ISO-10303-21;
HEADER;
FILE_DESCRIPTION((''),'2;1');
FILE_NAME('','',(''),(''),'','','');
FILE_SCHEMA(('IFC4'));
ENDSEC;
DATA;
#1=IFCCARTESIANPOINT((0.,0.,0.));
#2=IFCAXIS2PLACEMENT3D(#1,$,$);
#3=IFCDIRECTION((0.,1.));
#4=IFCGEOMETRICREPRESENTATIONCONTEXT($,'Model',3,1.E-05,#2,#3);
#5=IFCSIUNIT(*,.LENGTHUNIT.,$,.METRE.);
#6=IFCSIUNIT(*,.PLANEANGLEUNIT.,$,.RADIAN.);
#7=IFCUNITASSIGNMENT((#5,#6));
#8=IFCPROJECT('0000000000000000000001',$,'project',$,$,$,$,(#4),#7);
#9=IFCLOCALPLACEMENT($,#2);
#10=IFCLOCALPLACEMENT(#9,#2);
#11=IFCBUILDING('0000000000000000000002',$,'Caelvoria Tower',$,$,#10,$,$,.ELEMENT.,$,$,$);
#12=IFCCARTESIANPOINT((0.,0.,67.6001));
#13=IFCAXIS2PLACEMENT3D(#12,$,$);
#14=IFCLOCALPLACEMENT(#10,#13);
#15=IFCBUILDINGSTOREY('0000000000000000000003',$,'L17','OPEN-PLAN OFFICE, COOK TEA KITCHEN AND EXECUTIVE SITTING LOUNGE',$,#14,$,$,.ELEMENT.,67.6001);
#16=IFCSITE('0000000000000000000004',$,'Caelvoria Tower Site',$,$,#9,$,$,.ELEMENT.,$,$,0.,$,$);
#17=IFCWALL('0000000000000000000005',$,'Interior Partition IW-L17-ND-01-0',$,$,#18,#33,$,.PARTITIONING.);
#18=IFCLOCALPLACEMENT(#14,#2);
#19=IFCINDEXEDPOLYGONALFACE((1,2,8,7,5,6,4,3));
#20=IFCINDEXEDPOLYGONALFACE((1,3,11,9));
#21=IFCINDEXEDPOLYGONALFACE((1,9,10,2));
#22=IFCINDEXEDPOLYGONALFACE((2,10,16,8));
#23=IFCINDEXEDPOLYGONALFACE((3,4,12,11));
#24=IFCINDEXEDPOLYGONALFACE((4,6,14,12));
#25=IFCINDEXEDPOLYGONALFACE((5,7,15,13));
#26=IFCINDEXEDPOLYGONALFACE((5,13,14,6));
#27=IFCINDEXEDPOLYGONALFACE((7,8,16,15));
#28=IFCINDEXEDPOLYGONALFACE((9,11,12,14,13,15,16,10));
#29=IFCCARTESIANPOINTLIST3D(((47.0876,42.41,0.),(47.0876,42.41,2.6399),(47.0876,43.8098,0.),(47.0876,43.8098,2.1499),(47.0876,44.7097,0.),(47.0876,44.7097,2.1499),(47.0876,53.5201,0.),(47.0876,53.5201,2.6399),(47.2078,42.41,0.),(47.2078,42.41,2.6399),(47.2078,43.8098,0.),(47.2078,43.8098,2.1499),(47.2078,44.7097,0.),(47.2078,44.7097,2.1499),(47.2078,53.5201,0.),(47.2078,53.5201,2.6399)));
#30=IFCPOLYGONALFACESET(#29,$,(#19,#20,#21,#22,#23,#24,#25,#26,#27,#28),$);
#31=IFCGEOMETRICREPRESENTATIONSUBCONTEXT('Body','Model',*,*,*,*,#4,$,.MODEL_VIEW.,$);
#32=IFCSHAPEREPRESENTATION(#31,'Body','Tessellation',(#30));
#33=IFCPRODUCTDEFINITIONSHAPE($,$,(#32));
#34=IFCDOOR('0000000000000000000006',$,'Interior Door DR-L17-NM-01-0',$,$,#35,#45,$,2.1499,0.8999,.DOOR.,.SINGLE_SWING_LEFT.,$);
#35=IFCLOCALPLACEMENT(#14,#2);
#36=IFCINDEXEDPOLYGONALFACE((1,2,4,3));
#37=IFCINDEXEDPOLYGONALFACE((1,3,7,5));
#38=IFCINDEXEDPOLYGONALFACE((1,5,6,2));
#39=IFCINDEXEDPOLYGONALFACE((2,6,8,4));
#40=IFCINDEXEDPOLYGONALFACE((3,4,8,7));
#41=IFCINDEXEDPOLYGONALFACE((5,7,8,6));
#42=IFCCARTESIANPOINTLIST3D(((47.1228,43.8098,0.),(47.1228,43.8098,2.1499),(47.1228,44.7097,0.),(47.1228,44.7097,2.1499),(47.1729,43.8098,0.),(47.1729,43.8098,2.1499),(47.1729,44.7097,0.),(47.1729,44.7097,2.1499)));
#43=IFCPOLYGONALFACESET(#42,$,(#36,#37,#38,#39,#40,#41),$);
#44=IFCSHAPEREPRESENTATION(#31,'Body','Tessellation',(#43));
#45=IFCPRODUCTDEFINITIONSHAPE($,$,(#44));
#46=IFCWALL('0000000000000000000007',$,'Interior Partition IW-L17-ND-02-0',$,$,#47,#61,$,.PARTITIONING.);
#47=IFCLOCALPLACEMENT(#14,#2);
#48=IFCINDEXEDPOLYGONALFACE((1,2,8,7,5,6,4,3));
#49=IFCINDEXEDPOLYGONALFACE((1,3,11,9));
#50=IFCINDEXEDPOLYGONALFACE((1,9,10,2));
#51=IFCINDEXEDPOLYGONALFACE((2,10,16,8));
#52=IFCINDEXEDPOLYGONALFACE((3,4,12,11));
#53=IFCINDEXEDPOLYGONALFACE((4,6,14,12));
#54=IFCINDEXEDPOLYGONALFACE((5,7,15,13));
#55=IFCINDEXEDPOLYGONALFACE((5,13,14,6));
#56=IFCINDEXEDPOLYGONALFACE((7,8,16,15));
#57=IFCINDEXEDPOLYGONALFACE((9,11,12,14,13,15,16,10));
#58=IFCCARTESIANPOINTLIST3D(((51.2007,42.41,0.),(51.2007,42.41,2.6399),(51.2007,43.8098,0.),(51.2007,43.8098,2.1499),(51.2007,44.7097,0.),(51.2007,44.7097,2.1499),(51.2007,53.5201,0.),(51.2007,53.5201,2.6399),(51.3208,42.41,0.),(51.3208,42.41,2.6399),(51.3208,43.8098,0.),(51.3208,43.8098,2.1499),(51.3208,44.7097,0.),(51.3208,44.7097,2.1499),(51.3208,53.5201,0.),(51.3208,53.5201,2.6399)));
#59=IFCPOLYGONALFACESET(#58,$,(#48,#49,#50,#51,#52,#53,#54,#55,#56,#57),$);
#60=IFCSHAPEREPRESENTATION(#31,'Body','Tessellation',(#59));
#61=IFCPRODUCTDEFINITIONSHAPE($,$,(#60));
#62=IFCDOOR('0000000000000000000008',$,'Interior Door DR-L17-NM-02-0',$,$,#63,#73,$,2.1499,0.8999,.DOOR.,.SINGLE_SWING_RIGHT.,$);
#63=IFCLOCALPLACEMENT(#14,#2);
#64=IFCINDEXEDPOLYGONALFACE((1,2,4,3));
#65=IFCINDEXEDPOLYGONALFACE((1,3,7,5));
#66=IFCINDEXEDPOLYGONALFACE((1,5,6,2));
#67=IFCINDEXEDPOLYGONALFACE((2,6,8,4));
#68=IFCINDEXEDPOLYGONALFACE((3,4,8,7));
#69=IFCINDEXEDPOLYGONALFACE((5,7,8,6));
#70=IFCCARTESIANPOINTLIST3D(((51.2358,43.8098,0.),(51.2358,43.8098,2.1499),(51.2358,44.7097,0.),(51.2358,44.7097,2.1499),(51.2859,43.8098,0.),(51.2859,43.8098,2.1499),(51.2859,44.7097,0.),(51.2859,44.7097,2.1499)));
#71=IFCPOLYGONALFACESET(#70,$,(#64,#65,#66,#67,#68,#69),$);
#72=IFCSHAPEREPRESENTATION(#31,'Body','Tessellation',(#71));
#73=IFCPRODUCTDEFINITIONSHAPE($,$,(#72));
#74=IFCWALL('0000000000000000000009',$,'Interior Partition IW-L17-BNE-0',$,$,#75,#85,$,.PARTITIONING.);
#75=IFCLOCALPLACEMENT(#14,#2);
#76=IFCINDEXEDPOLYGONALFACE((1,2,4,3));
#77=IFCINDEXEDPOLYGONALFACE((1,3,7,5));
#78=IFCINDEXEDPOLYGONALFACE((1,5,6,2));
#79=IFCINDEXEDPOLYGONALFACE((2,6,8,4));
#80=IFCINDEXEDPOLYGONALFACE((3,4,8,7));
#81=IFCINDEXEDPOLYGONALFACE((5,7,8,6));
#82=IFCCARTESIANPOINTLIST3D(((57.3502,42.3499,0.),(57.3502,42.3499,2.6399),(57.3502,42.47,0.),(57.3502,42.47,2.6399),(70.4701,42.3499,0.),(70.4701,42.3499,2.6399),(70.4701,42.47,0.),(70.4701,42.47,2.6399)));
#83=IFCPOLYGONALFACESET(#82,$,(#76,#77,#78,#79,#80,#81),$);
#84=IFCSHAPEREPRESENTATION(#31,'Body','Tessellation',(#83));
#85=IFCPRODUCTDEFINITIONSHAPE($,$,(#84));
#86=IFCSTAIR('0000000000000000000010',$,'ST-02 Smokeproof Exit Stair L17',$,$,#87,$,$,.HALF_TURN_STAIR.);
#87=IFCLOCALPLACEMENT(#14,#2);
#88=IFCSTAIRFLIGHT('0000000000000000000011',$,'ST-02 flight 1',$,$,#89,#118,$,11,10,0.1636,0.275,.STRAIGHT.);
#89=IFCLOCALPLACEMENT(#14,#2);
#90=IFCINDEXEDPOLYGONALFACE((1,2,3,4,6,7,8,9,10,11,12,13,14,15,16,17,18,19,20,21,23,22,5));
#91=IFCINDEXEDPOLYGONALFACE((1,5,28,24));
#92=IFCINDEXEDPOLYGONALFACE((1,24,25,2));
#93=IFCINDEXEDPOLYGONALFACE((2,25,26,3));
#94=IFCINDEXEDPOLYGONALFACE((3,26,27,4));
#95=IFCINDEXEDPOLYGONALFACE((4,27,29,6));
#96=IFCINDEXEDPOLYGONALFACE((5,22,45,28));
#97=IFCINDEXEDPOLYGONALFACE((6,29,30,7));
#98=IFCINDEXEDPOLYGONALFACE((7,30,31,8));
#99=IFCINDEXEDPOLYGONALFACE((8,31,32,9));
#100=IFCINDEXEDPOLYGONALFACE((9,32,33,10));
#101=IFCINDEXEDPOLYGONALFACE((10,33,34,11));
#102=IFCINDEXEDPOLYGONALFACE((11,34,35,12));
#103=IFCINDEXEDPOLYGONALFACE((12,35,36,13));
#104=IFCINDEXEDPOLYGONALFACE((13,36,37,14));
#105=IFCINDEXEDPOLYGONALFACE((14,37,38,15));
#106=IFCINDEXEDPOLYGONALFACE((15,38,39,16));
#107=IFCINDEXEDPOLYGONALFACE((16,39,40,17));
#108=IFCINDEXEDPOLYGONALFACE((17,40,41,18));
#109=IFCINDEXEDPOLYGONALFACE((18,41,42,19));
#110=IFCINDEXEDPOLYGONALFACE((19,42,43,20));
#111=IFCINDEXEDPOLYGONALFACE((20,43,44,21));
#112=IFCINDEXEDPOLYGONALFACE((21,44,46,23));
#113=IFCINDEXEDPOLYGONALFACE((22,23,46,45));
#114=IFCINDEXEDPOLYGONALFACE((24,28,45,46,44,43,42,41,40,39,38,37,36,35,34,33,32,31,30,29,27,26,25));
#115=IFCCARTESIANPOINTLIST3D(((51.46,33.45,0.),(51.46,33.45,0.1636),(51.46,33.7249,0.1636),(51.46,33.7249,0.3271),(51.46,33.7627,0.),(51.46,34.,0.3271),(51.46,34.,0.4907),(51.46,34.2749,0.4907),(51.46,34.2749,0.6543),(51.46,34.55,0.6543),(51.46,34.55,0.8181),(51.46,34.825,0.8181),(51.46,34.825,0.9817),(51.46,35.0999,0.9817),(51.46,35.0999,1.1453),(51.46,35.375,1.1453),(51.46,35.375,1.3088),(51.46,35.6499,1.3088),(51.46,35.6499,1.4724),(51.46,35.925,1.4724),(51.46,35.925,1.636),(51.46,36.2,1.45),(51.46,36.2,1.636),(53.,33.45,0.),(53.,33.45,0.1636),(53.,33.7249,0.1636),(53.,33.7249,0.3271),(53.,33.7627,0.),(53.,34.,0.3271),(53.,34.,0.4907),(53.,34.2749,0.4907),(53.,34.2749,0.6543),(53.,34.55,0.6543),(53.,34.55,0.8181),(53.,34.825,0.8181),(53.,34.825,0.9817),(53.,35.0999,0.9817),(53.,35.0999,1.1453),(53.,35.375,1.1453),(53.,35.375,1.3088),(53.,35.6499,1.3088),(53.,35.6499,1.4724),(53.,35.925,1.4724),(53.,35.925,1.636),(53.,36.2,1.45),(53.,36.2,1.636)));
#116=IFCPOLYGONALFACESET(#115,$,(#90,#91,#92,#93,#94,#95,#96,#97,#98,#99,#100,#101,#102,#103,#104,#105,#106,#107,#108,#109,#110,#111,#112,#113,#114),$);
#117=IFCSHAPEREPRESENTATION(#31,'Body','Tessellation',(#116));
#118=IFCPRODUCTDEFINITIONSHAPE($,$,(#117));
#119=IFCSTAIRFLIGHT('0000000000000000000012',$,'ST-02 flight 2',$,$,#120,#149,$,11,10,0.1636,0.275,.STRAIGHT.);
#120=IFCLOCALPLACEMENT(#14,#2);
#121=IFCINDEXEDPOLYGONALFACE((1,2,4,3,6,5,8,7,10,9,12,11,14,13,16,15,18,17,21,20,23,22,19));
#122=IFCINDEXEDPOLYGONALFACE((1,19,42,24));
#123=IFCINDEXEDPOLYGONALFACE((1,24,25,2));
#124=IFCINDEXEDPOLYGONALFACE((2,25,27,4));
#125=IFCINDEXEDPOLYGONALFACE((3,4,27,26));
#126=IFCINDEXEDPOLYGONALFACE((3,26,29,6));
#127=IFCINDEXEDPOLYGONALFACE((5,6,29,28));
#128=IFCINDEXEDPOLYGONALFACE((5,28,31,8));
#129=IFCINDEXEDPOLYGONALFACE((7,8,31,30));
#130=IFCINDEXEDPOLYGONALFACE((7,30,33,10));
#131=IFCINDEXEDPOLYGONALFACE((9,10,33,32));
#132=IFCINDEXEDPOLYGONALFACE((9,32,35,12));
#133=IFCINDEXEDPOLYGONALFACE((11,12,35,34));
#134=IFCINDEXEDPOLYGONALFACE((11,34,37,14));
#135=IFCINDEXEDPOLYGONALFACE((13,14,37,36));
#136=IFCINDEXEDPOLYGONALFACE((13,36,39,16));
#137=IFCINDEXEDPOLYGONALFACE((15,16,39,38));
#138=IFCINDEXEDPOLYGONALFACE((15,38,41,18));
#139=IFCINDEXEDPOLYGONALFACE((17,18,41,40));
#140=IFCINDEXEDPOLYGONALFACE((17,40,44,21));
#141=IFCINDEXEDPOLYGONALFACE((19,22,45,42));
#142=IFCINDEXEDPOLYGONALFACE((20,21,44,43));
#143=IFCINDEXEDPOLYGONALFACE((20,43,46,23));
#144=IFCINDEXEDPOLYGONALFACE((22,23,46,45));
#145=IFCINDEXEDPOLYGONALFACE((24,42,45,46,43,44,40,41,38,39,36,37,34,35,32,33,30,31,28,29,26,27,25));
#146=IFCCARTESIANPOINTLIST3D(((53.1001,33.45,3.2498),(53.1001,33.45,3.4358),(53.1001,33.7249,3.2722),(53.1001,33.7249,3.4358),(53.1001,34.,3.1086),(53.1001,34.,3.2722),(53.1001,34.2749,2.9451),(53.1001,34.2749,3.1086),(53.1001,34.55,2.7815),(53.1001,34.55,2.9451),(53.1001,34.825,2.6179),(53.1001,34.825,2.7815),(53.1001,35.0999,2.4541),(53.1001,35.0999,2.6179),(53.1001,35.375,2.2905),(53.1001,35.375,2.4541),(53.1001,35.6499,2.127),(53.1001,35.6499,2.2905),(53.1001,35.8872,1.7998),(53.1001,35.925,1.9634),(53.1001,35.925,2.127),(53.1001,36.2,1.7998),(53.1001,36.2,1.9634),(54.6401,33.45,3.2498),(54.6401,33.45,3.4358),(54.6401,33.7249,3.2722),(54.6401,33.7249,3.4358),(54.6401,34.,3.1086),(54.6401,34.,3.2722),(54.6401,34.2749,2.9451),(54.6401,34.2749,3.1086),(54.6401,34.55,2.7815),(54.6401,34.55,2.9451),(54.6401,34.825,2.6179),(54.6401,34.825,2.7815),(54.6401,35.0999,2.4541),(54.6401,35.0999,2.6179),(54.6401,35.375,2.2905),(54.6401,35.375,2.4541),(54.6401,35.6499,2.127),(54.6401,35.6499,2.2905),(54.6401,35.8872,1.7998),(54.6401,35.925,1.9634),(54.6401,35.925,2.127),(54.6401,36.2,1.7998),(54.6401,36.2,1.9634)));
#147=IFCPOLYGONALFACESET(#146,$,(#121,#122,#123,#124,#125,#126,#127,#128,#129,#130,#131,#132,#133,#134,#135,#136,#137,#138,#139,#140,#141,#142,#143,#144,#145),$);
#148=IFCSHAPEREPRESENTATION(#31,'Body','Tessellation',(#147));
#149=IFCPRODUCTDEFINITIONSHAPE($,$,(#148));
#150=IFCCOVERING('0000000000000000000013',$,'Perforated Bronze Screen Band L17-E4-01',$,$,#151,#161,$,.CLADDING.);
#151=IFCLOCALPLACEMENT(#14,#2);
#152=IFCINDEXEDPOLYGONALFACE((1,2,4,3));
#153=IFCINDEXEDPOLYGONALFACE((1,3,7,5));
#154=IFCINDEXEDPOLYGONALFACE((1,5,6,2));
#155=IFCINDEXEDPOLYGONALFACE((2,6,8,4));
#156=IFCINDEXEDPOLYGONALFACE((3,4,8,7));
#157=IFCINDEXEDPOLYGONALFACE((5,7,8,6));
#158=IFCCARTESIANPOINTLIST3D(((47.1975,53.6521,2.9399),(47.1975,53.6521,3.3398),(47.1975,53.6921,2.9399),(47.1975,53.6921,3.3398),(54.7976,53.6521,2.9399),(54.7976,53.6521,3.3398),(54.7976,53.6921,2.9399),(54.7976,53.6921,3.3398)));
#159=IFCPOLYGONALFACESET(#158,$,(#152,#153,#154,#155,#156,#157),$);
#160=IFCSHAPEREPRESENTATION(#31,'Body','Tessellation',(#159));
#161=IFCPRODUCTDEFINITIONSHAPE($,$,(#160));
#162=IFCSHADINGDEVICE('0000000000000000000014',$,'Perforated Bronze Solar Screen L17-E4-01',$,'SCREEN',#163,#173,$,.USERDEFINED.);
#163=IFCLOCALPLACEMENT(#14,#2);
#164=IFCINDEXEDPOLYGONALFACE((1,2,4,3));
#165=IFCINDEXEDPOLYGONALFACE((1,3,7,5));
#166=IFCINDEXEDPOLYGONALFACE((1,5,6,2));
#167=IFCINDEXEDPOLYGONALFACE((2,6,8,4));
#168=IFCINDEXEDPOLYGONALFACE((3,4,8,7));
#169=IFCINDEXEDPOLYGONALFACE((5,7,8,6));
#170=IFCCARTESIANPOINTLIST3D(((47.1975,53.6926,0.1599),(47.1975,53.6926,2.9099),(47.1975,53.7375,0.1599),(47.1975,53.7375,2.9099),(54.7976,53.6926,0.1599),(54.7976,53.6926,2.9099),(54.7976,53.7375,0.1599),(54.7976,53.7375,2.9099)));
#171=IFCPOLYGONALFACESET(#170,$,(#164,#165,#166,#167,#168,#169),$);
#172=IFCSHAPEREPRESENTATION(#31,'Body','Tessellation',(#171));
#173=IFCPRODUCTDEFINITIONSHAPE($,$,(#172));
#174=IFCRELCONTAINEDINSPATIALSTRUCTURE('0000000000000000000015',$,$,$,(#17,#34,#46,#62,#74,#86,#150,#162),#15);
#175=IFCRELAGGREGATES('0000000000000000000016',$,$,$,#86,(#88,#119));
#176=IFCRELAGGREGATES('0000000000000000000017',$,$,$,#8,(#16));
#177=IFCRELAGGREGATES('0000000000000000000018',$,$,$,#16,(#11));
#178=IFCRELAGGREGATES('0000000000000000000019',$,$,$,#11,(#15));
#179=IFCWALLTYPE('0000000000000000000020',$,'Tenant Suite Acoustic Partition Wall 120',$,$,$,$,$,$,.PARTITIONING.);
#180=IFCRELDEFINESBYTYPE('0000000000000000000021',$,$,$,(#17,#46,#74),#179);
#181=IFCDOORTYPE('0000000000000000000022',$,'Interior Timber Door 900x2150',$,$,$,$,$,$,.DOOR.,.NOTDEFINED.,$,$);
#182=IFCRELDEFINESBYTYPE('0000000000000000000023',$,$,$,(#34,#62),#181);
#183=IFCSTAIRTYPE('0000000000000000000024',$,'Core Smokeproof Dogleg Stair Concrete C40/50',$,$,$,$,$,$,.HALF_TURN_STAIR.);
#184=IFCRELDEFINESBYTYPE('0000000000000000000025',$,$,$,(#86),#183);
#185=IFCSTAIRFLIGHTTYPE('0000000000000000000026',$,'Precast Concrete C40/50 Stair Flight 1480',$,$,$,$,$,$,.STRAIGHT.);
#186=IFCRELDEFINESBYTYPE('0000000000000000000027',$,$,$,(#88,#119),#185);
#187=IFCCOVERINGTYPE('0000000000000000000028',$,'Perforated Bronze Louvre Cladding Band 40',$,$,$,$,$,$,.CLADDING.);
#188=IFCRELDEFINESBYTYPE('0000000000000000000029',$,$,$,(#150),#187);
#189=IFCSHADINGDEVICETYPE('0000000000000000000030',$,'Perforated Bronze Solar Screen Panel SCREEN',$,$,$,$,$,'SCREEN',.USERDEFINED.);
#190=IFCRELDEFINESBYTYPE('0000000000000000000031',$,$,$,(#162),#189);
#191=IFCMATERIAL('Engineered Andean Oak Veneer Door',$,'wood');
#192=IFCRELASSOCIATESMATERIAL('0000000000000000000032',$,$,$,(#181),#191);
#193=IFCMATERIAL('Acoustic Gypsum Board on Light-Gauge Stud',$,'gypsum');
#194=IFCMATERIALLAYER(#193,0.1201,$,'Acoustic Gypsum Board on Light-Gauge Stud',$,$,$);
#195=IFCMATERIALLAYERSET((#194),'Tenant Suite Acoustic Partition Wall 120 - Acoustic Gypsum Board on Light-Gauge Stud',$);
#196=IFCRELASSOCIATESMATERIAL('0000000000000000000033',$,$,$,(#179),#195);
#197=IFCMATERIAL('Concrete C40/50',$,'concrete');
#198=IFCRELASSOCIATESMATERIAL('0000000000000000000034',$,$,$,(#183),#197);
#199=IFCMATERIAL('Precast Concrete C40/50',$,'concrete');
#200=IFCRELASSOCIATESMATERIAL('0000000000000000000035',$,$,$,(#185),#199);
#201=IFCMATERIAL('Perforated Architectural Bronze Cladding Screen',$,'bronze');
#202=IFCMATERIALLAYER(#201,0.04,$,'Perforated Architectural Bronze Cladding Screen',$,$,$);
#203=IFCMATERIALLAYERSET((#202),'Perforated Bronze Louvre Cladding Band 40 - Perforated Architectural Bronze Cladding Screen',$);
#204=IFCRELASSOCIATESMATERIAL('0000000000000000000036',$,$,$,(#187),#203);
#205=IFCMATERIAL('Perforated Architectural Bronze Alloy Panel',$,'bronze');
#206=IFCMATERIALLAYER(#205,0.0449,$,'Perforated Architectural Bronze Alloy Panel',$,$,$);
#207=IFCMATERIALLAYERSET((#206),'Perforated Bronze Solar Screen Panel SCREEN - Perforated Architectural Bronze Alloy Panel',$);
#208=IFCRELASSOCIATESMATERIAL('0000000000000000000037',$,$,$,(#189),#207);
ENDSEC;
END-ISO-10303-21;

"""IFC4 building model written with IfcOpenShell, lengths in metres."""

from ifc_helpers import new_model, si_unit, direction, frame, frame_2d, origin, origin_2d, place, context, subcontext, project, spatial, polyline, rectangle, outline, extrude, material, layer, layer_set, type_object, element, fill, aggregate, save


model = new_model("IFC4")

# Units and contexts
model_context = context("Model", 3, precision=1e-05, world=origin(), true_north=direction((0.0, 1.0)))
body_context = subcontext(model_context, "Body", "Model", "MODEL_VIEW")
ifc_project = project(units=[si_unit("LENGTHUNIT", "METRE"), si_unit("PLANEANGLEUNIT", "RADIAN")], contexts=[model_context])

# Site, building, storey
site_placement = place(None, origin())
site = spatial("IfcSite", under=ifc_project, at=site_placement, Name="Caelvoria Tower Site", CompositionType="ELEMENT", RefElevation=0.0)
building_placement = place(site_placement, origin())
building = spatial("IfcBuilding", under=site, at=building_placement, Name="Caelvoria Tower", CompositionType="ELEMENT")
storey_placement = place(building_placement, frame((0.0, 0.0, 67.6001)))
storey = spatial("IfcBuildingStorey", under=building, at=storey_placement, Name="L17", Description="OPEN-PLAN OFFICE, COOK TEA KITCHEN AND EXECUTIVE SITTING LOUNGE", CompositionType="ELEMENT", Elevation=67.6001)

# Shared definitions
ifc_material_1 = material(Name="Engineered Andean Oak Veneer Door", Category="wood")

# Shared definitions
door_type_1 = type_object("IfcDoorType", Name="Interior Timber Door 900x2150", OperationType="NOTDEFINED", PredefinedType="DOOR", material=ifc_material_1)

# Walls, openings, doors
ifc_material_2 = material(Name="Acoustic Gypsum Board on Light-Gauge Stud", Category="gypsum")
ifc_layer_1 = layer(ifc_material_2, 0.1201, Name="Acoustic Gypsum Board on Light-Gauge Stud")
ifc_layer_set_1 = layer_set([ifc_layer_1], Name="Tenant Suite Acoustic Partition Wall 120 - Acoustic Gypsum Board on Light-Gauge Stud")
wall_type_1 = type_object("IfcWallType", Name="Tenant Suite Acoustic Partition Wall 120", PredefinedType="PARTITIONING", material=ifc_layer_set_1)
wall_1_placement = place(storey_placement, frame((47.1477, 42.4099, 0.0), z_axis=(0.0, 0.0, 1.0), x_axis=(0.0, 1.0, 0.0)))
wall_1 = element("IfcWall", 1, at=wall_1_placement, inside=storey, type_object=wall_type_1, Name="Interior Partition IW-L17-ND-01-0", PredefinedType="PARTITIONING", context=body_context, shape_type="SweptSolid", body=[
    extrude(rectangle(XDim=11.1101, YDim=0.1201, at=frame_2d((5.5552, 0.0))), origin(), (0.0, 0.0, 1.0), 2.6399),
])
opening_1_placement = place(wall_1_placement, frame((1.3999, 0.0, 0.0)))
opening_1 = element("IfcOpeningElement", 2, at=opening_1_placement, cuts=wall_1, PredefinedType="OPENING", context=body_context, shape_type="SweptSolid", body=[
    extrude(rectangle(XDim=0.8999, YDim=2.1499, at=frame_2d((0.45, 1.075))), frame((0.0, 0.0701, 0.0), z_axis=(0.0, -1.0, 0.0), x_axis=(1.0, 0.0, 0.0)), (0.0, 0.0, 1.0), 0.1401),
])
door_1_placement = place(opening_1_placement, origin())
door_1 = element("IfcDoor", 3, at=door_1_placement, inside=storey, type_object=door_type_1, Name="Interior Door DR-L17-NM-01-0", OperationType="SINGLE_SWING_LEFT", OverallHeight=2.1499, OverallWidth=0.8999, PredefinedType="DOOR", context=body_context, shape_type="SweptSolid", body=[
    extrude(rectangle(XDim=0.8999, YDim=2.1499, at=frame_2d((0.45, 1.075))), frame((0.0, 0.0249, 0.0), z_axis=(0.0, -1.0, 0.0), x_axis=(1.0, 0.0, 0.0)), (0.0, 0.0, 1.0), 0.05),
])
fill(opening_1, door_1)
wall_2_placement = place(storey_placement, frame((51.2607, 42.4099, 0.0), z_axis=(0.0, 0.0, 1.0), x_axis=(0.0, 1.0, 0.0)))
wall_2 = element("IfcWall", 4, at=wall_2_placement, inside=storey, type_object=wall_type_1, Name="Interior Partition IW-L17-ND-02-0", PredefinedType="PARTITIONING", context=body_context, shape_type="SweptSolid", body=[
    extrude(rectangle(XDim=11.1101, YDim=0.1201, at=frame_2d((5.5552, 0.0))), origin(), (0.0, 0.0, 1.0), 2.6399),
])
opening_2_placement = place(wall_2_placement, frame((1.3999, 0.0, 0.0)))
opening_2 = element("IfcOpeningElement", 5, at=opening_2_placement, cuts=wall_2, PredefinedType="OPENING", context=body_context, shape_type="SweptSolid", body=[
    extrude(rectangle(XDim=0.8999, YDim=2.1499, at=frame_2d((0.45, 1.075))), frame((0.0, 0.0701, 0.0), z_axis=(0.0, -1.0, 0.0), x_axis=(1.0, 0.0, 0.0)), (0.0, 0.0, 1.0), 0.1401),
])
door_2_placement = place(opening_2_placement, origin())
door_2 = element("IfcDoor", 6, at=door_2_placement, inside=storey, type_object=door_type_1, Name="Interior Door DR-L17-NM-02-0", OperationType="SINGLE_SWING_RIGHT", OverallHeight=2.1499, OverallWidth=0.8999, PredefinedType="DOOR", context=body_context, shape_type="SweptSolid", body=[
    extrude(rectangle(XDim=0.8999, YDim=2.1499, at=frame_2d((0.45, 1.075))), frame((0.0, 0.0249, 0.0), z_axis=(0.0, -1.0, 0.0), x_axis=(1.0, 0.0, 0.0)), (0.0, 0.0, 1.0), 0.05),
])
fill(opening_2, door_2)

# Wall
wall_3_placement = place(storey_placement, frame((57.3501, 42.4099, 0.0), z_axis=(0.0, 0.0, 1.0), x_axis=(1.0, 0.0, 0.0)))
element("IfcWall", 7, at=wall_3_placement, inside=storey, type_object=wall_type_1, Name="Interior Partition IW-L17-BNE-0", PredefinedType="PARTITIONING", context=body_context, shape_type="SweptSolid", body=[
    extrude(rectangle(XDim=13.1199, YDim=0.1201, at=frame_2d((6.5601, 0.0))), origin(), (0.0, 0.0, 1.0), 2.6399),
])

# Stair, stair flights
ifc_material_3 = material(Name="Concrete C40/50", Category="concrete")
stair_type = type_object("IfcStairType", Name="Core Smokeproof Dogleg Stair Concrete C40/50", PredefinedType="HALF_TURN_STAIR", material=ifc_material_3)
stair_placement = place(storey_placement, origin())
stair = element("IfcStair", 8, at=stair_placement, inside=storey, type_object=stair_type, Name="ST-02 Smokeproof Exit Stair L17", PredefinedType="HALF_TURN_STAIR")
ifc_material_4 = material(Name="Precast Concrete C40/50", Category="concrete")
stair_flight_type = type_object("IfcStairFlightType", Name="Precast Concrete C40/50 Stair Flight 1480", PredefinedType="STRAIGHT", material=ifc_material_4)
stair_flight_1_placement = place(storey_placement, frame((52.23, 33.45, 0.0), z_axis=(0.0, 0.0, 1.0), x_axis=(0.0, 1.0, 0.0)))
stair_flight_1 = element("IfcStairFlight", 9, at=stair_flight_1_placement, type_object=stair_flight_type, Name="ST-02 flight 1", NumberOfRisers=11, NumberOfTreads=10, PredefinedType="STRAIGHT", RiserHeight=0.1636, TreadLength=0.275, context=body_context, shape_type="SweptSolid", body=[
    extrude(outline(polyline([(0.0, 0.0), (0.0, 0.1636), (0.2749, 0.1636), (0.2749, 0.3271), (0.55, 0.3271), (0.55, 0.4907), (0.825, 0.4907), (0.825, 0.6543), (1.1001, 0.6543), (1.1001, 0.8181), (1.375, 0.8181), (1.375, 0.9817), (1.6499, 0.9817), (1.6499, 1.1453), (1.925, 1.1453), (1.925, 1.3088), (2.2, 1.3088), (2.2, 1.4724), (2.4751, 1.4724), (2.4751, 1.636), (2.75, 1.636), (2.75, 1.7996), (2.75, 1.45), (0.3127, 0.0), (0.0, 0.0)])), frame((0.0, 0.77, 0.0), z_axis=(0.0, -1.0, 0.0), x_axis=(1.0, 0.0, 0.0)), (0.0, 0.0, 1.0), 1.54),
])
stair_flight_2_placement = place(storey_placement, frame((53.8701, 36.2, 1.7998), z_axis=(0.0, 0.0, 1.0), x_axis=(0.0, -1.0, 0.0)))
stair_flight_2 = element("IfcStairFlight", 10, at=stair_flight_2_placement, type_object=stair_flight_type, Name="ST-02 flight 2", NumberOfRisers=11, NumberOfTreads=10, PredefinedType="STRAIGHT", RiserHeight=0.1636, TreadLength=0.275, context=body_context, shape_type="SweptSolid", body=[
    extrude(outline(polyline([(0.0, 0.0), (0.0, 0.1636), (0.2749, 0.1636), (0.2749, 0.3271), (0.55, 0.3271), (0.55, 0.4907), (0.825, 0.4907), (0.825, 0.6543), (1.1001, 0.6543), (1.1001, 0.8181), (1.375, 0.8181), (1.375, 0.9817), (1.6499, 0.9817), (1.6499, 1.1453), (1.925, 1.1453), (1.925, 1.3088), (2.2, 1.3088), (2.2, 1.4724), (2.4751, 1.4724), (2.4751, 1.636), (2.75, 1.636), (2.75, 1.7996), (2.75, 1.45), (0.3127, 0.0), (0.0, 0.0)])), frame((0.0, 0.77, 0.0), z_axis=(0.0, -1.0, 0.0), x_axis=(1.0, 0.0, 0.0)), (0.0, 0.0, 1.0), 1.54),
])
aggregate(stair, [stair_flight_1, stair_flight_2])

# Covering
ifc_material_5 = material(Name="Perforated Architectural Bronze Cladding Screen", Category="bronze")
ifc_layer_2 = layer(ifc_material_5, 0.04, Name="Perforated Architectural Bronze Cladding Screen")
ifc_layer_set_2 = layer_set([ifc_layer_2], Name="Perforated Bronze Louvre Cladding Band 40 - Perforated Architectural Bronze Cladding Screen")
covering_type = type_object("IfcCoveringType", Name="Perforated Bronze Louvre Cladding Band 40", PredefinedType="CLADDING", material=ifc_layer_set_2)
covering_placement = place(storey_placement, frame((50.9976, 53.6721, 2.9399), z_axis=(0.0, 0.0, 1.0), x_axis=(-1.0, 0.0, 0.0)))
element("IfcCovering", 11, at=covering_placement, inside=storey, type_object=covering_type, Name="Perforated Bronze Screen Band L17-E4-01", PredefinedType="CLADDING", context=body_context, shape_type="SweptSolid", body=[
    extrude(rectangle(XDim=7.6001, YDim=0.04, at=origin_2d()), origin(), (0.0, 0.0, 1.0), 0.3999),
])

# Shading device
ifc_material_6 = material(Name="Perforated Architectural Bronze Alloy Panel", Category="bronze")
ifc_layer_3 = layer(ifc_material_6, 0.0449, Name="Perforated Architectural Bronze Alloy Panel")
ifc_layer_set_3 = layer_set([ifc_layer_3], Name="Perforated Bronze Solar Screen Panel SCREEN - Perforated Architectural Bronze Alloy Panel")
shading_device_type = type_object("IfcShadingDeviceType", Name="Perforated Bronze Solar Screen Panel SCREEN", ElementType="SCREEN", PredefinedType="USERDEFINED", material=ifc_layer_set_3)
shading_device_placement = place(storey_placement, frame((50.9976, 53.7151, 0.1599), z_axis=(0.0, 0.0, 1.0), x_axis=(-1.0, 0.0, 0.0)))
element("IfcShadingDevice", 12, at=shading_device_placement, inside=storey, type_object=shading_device_type, Name="Perforated Bronze Solar Screen L17-E4-01", ObjectType="SCREEN", PredefinedType="USERDEFINED", context=body_context, shape_type="SweptSolid", body=[
    extrude(rectangle(XDim=7.6001, YDim=0.0449, at=origin_2d()), origin(), (0.0, 0.0, 1.0), 2.75),
])

save(model, "model.ifc")
